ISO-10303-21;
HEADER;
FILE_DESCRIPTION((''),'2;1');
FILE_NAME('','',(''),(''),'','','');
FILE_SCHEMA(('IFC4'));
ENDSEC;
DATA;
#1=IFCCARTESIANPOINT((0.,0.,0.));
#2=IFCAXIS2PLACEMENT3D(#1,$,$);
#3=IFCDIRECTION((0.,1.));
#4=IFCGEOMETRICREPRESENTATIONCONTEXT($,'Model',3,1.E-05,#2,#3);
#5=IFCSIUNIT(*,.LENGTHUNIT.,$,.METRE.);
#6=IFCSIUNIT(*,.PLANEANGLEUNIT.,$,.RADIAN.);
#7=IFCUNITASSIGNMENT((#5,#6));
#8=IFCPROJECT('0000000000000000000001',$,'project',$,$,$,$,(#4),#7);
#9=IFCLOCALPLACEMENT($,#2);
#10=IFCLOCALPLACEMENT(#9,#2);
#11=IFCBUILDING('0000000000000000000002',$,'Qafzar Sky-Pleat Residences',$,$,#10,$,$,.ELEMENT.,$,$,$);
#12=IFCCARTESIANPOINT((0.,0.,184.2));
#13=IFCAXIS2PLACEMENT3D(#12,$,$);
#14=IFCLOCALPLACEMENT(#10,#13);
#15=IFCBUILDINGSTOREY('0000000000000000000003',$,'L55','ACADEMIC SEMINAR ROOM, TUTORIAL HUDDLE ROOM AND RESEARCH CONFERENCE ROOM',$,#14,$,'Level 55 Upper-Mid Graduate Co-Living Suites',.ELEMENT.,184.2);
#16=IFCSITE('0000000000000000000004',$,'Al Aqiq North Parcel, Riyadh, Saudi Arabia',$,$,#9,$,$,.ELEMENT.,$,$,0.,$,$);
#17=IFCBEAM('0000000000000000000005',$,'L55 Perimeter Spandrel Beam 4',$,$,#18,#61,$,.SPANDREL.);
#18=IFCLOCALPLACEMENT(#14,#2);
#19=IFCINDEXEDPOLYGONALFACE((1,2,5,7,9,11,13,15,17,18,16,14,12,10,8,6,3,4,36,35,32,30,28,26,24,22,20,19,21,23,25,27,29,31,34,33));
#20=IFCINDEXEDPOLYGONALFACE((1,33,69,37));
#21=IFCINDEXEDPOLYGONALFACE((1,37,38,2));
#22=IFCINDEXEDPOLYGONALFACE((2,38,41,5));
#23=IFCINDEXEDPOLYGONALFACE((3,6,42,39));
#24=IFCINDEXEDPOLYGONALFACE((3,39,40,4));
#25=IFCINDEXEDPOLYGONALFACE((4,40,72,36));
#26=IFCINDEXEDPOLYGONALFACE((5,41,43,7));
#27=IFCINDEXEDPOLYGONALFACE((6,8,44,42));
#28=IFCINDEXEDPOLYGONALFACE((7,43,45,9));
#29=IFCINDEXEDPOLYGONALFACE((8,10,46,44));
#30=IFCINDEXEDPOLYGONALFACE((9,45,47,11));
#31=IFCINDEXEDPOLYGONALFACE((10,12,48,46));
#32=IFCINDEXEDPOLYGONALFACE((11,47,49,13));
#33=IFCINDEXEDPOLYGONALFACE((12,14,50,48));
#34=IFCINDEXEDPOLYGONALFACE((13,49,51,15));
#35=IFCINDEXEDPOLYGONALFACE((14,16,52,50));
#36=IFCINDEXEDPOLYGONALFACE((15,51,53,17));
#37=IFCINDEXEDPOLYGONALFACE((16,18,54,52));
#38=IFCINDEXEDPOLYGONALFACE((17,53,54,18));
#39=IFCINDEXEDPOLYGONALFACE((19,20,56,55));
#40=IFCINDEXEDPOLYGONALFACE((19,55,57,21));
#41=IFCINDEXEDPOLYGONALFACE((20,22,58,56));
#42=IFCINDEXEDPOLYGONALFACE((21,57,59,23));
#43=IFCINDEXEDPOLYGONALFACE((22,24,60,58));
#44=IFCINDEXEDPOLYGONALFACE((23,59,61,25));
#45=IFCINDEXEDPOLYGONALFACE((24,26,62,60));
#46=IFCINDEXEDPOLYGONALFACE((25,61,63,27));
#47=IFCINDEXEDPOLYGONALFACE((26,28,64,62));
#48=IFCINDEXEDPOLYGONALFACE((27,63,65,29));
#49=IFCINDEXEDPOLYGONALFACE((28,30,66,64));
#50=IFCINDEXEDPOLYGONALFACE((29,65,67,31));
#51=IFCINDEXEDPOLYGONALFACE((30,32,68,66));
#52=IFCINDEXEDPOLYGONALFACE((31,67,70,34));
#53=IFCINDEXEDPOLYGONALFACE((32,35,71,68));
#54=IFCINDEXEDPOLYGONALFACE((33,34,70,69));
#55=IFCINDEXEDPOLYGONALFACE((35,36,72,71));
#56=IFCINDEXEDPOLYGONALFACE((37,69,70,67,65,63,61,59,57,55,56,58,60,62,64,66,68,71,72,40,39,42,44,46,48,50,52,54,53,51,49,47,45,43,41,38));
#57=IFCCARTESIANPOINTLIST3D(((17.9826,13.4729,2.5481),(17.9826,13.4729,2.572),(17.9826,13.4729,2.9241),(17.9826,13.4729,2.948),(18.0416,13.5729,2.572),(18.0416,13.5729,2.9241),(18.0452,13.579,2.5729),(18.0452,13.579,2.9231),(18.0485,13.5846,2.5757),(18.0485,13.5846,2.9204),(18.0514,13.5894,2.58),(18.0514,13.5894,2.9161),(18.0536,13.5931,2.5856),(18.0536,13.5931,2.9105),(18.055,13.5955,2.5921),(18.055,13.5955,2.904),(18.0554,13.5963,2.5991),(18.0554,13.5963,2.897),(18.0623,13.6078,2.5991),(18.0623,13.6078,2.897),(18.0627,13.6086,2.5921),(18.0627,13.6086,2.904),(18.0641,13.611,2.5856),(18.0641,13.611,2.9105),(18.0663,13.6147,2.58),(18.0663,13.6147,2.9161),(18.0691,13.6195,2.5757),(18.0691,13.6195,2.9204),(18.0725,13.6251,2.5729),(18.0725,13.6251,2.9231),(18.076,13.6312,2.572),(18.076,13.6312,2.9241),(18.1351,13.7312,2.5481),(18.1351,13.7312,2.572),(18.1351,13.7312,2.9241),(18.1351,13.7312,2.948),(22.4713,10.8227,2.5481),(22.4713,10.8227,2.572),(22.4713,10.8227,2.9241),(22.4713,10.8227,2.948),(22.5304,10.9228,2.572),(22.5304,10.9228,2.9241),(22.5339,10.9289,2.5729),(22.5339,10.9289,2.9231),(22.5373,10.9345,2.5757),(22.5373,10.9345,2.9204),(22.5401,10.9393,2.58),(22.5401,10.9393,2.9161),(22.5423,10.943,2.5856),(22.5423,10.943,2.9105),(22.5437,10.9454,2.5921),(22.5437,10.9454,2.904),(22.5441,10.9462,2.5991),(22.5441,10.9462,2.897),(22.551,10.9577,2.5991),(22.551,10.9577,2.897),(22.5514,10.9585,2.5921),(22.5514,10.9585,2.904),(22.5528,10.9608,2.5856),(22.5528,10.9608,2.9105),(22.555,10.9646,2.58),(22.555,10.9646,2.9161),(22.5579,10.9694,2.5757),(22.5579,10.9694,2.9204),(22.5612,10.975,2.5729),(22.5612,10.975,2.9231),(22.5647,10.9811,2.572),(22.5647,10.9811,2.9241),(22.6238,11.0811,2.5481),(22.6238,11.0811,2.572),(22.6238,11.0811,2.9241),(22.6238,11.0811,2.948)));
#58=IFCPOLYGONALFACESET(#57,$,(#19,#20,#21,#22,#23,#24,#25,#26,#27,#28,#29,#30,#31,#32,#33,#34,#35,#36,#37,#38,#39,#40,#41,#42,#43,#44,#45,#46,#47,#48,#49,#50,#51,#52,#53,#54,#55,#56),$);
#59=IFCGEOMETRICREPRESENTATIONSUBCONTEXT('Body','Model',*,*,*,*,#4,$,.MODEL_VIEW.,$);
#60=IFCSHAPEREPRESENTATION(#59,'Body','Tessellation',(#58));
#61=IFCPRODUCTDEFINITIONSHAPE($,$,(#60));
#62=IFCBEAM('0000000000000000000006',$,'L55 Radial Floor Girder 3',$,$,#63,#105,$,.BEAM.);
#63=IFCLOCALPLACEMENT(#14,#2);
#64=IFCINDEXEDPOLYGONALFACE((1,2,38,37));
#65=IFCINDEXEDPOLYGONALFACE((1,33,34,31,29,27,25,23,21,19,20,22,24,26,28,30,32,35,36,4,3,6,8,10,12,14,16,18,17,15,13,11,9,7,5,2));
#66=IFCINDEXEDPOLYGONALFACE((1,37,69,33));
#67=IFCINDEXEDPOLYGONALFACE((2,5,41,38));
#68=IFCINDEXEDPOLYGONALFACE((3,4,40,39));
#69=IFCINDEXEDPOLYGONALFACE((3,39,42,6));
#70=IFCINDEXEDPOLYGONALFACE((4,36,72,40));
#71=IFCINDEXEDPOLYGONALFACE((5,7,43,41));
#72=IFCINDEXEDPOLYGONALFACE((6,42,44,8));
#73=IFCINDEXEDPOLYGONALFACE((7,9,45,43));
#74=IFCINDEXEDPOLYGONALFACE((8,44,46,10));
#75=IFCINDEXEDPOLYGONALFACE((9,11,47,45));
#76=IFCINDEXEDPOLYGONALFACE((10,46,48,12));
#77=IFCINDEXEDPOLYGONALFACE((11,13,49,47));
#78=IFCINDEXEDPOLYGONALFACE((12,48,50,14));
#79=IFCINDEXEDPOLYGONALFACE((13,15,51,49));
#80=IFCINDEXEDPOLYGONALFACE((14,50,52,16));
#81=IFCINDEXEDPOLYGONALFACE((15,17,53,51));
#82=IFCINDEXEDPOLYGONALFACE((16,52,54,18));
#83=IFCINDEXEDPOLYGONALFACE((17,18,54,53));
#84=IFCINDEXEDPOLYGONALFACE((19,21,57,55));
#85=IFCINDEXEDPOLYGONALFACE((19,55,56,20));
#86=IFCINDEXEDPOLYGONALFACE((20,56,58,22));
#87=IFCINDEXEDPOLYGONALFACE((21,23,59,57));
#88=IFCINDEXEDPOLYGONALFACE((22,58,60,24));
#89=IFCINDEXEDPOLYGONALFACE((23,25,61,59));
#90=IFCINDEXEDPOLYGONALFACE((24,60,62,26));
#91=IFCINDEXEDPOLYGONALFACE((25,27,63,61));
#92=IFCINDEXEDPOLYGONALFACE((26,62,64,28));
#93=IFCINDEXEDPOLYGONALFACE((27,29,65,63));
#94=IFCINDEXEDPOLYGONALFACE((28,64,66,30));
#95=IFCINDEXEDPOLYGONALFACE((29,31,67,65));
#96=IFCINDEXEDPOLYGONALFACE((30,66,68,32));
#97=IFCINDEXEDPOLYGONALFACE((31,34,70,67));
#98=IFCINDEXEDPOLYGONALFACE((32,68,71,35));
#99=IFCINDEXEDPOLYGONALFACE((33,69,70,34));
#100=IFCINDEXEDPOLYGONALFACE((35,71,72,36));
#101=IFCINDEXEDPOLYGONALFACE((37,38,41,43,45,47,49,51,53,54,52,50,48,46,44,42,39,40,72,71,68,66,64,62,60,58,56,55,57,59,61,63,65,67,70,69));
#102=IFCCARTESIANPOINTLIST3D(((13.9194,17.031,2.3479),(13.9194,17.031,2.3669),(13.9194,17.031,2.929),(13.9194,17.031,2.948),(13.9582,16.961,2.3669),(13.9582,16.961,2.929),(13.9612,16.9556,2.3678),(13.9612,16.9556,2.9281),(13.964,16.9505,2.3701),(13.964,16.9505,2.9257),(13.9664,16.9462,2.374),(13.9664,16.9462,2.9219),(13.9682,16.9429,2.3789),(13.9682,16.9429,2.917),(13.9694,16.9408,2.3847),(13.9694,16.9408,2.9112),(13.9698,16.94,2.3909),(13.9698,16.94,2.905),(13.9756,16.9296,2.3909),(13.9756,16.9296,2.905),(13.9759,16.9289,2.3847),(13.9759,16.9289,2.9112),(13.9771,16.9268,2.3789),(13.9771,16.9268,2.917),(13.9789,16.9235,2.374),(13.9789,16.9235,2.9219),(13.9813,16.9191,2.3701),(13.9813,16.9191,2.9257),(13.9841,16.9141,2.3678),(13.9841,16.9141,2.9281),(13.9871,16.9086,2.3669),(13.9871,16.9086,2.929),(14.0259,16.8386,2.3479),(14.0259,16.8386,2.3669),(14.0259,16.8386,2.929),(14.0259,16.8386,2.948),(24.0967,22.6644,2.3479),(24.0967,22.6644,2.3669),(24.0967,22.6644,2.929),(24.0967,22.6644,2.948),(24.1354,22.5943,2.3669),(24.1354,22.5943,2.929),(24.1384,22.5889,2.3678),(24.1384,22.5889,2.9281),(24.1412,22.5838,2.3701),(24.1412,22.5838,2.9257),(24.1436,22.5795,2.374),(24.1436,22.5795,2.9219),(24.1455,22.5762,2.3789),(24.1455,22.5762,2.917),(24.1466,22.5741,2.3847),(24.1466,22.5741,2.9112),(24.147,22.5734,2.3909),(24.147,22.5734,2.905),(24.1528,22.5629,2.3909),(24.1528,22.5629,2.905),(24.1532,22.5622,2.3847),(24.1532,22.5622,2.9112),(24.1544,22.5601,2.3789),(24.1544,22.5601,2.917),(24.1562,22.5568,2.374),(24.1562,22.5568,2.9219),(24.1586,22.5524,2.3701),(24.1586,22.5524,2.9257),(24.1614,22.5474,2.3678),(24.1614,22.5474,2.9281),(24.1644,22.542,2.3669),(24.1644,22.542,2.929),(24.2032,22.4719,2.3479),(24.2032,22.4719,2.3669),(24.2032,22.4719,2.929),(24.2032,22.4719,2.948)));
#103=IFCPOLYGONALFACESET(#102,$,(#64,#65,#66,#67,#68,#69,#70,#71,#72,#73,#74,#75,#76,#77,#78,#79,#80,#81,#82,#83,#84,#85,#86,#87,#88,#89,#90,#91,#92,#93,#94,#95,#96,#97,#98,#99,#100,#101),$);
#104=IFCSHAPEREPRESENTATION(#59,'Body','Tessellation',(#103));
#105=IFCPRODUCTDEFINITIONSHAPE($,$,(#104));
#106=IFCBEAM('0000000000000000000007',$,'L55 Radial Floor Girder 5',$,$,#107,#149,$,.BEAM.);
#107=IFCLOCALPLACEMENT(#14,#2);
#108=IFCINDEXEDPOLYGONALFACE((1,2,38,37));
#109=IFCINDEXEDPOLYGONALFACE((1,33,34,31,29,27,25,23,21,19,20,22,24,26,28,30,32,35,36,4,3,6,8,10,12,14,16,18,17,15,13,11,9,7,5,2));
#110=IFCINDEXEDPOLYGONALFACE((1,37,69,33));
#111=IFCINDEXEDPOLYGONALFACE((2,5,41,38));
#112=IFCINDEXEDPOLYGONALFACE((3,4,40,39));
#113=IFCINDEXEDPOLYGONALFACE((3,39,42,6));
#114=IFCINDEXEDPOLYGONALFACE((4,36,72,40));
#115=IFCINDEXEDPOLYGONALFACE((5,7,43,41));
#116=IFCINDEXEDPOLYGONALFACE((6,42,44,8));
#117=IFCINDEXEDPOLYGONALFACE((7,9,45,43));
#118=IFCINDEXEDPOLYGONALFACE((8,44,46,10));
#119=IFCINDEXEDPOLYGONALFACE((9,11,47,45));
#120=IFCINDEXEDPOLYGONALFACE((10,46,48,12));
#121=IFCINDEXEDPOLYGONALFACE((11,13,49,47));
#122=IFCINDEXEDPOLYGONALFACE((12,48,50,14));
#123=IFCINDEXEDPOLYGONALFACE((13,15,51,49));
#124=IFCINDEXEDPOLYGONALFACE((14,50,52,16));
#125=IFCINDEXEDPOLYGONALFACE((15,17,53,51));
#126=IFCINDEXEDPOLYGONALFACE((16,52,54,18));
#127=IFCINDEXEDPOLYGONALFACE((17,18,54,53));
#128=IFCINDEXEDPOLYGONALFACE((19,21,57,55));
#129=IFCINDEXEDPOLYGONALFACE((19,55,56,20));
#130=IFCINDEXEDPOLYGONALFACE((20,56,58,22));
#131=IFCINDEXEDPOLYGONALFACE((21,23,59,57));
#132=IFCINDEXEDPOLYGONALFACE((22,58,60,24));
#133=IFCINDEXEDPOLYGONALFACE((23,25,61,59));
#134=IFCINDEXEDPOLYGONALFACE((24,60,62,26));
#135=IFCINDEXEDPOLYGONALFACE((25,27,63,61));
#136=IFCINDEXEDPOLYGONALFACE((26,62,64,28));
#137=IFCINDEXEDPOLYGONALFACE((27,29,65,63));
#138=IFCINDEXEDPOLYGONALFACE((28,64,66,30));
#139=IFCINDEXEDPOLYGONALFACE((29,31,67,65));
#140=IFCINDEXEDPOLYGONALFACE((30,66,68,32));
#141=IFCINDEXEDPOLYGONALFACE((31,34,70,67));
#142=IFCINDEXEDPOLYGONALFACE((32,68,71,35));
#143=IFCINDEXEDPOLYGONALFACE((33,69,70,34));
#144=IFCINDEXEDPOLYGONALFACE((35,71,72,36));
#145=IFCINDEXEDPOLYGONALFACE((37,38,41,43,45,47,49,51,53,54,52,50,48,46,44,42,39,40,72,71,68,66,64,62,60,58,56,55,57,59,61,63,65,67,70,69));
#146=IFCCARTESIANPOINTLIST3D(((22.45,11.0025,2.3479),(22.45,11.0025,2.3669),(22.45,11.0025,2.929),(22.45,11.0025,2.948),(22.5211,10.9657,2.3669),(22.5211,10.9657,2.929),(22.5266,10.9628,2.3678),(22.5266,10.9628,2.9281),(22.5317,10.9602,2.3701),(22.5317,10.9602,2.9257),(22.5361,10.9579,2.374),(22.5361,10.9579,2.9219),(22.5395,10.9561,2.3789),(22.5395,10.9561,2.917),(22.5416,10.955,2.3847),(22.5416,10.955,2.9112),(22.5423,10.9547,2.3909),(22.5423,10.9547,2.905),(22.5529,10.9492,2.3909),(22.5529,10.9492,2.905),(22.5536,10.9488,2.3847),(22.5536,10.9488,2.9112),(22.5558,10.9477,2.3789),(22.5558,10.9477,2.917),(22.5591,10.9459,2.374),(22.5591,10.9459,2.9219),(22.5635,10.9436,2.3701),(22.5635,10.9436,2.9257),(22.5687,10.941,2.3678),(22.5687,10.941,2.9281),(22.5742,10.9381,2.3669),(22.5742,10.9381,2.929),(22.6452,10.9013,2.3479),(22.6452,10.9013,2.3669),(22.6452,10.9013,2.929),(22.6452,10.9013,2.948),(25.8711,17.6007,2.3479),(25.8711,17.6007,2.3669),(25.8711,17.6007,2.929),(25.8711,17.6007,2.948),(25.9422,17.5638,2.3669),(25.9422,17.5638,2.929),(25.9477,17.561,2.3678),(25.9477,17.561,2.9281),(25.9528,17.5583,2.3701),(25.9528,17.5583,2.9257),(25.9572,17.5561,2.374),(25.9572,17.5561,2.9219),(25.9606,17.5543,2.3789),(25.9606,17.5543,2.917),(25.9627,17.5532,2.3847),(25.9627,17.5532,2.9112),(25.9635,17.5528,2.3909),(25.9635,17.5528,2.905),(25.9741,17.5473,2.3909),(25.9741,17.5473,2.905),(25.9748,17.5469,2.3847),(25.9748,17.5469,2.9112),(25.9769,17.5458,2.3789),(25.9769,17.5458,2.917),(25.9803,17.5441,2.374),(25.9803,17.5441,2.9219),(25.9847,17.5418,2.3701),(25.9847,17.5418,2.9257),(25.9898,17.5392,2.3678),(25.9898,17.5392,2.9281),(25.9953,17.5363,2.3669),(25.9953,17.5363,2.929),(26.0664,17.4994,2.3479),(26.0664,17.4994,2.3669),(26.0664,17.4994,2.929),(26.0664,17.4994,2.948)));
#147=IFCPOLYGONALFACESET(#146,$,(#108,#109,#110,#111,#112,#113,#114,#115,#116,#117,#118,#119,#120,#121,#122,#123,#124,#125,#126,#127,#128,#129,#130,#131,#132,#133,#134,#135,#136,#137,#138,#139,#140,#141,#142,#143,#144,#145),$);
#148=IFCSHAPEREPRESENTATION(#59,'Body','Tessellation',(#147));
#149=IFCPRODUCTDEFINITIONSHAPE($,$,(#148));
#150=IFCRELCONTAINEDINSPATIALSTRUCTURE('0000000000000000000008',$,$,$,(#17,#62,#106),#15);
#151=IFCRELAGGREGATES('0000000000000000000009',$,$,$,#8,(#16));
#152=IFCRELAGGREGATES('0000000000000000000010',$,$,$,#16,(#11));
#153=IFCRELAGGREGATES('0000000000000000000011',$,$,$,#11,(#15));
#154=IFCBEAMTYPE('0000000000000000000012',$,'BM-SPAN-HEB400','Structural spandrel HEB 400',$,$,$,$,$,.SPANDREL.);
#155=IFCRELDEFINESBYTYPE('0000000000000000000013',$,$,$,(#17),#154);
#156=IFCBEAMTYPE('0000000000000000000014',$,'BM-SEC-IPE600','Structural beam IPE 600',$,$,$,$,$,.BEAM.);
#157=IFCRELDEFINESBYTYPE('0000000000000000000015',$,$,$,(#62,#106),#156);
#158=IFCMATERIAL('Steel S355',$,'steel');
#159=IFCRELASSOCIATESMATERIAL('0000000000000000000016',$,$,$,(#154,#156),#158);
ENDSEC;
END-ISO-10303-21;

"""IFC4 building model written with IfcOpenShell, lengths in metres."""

from ifc_helpers import new_model, si_unit, direction, frame, origin, origin_2d, place, context, subcontext, project, spatial, i_section, extrude, source, transform, mapped, material, material_profile, profile_set, type_object, element, save


model = new_model("IFC4")

# Units and contexts
model_context = context("Model", 3, precision=1e-05, world=origin(), true_north=direction((0.0, 1.0)))
body_context = subcontext(model_context, "Body", "Model", "MODEL_VIEW")
ifc_project = project(units=[si_unit("LENGTHUNIT", "METRE"), si_unit("PLANEANGLEUNIT", "RADIAN")], contexts=[model_context])

# Site, building, storey
site_placement = place(None, origin())
site = spatial("IfcSite", under=ifc_project, at=site_placement, Name="Al Aqiq North Parcel, Riyadh, Saudi Arabia", CompositionType="ELEMENT", RefElevation=0.0)
building_placement = place(site_placement, origin())
building = spatial("IfcBuilding", under=site, at=building_placement, Name="Qafzar Sky-Pleat Residences", CompositionType="ELEMENT")
storey_placement = place(building_placement, frame((0.0, 0.0, 184.2)))
storey = spatial("IfcBuildingStorey", under=building, at=storey_placement, Name="L55", Description="ACADEMIC SEMINAR ROOM, TUTORIAL HUDDLE ROOM AND RESEARCH CONFERENCE ROOM", LongName="Level 55 Upper-Mid Graduate Co-Living Suites", CompositionType="ELEMENT", Elevation=184.2)

# Shared definitions
ifc_material_1 = material(Name="Steel S355", Category="steel")

# Beams
ifc_material_profile_1 = material_profile(ifc_material_1, i_section(OverallWidth=0.3, OverallDepth=0.3999, WebThickness=0.0134, FlangeThickness=0.0239, FilletRadius=0.0271, at=origin_2d()), Name="HEB 400")
ifc_profile_set_1 = profile_set([ifc_material_profile_1], Name="Steel S355")
beam_type_1 = type_object("IfcBeamType", Name="BM-SPAN-HEB400", Description="Structural spandrel HEB 400", PredefinedType="SPANDREL", material=ifc_profile_set_1)
shared_shape_1 = source(origin(), body_context, "Body", "SweptSolid", [
    extrude(i_section(OverallWidth=0.3, OverallDepth=0.3999, WebThickness=0.0134, FlangeThickness=0.0239, FilletRadius=0.0271, at=origin_2d()), origin(), (0.0, 0.0, 1.0), 5.2126),
])
beam_1_placement = place(storey_placement, frame((18.0588, 13.6021, 2.748), z_axis=(0.86112, -0.508401, 0.0), x_axis=(0.508401, 0.86112, 0.0)))
element("IfcBeam", 1, at=beam_1_placement, inside=storey, type_object=beam_type_1, Name="L55 Perimeter Spandrel Beam 4", PredefinedType="SPANDREL", context=body_context, shape_type="MappedRepresentation", body=[
    mapped(shared_shape_1, transform((0.0, 0.0, 0.0), x_axis=(1.0, 0.0, 0.0), y_axis=(0.0, 1.0, 0.0), z_axis=(0.0, 0.0, 1.0), scale=1.0)),
])
ifc_material_profile_2 = material_profile(ifc_material_1, i_section(OverallWidth=0.22, OverallDepth=0.6001, WebThickness=0.012, FlangeThickness=0.019, FilletRadius=0.0239, at=origin_2d()), Name="IPE 600")
ifc_profile_set_2 = profile_set([ifc_material_profile_2], Name="Steel S355")
beam_type_2 = type_object("IfcBeamType", Name="BM-SEC-IPE600", Description="Structural beam IPE 600", PredefinedType="BEAM", material=ifc_profile_set_2)
shared_shape_2 = source(origin(), body_context, "Body", "SweptSolid", [
    extrude(i_section(OverallWidth=0.22, OverallDepth=0.6001, WebThickness=0.012, FlangeThickness=0.019, FilletRadius=0.0239, at=origin_2d()), origin(), (0.0, 0.0, 1.0), 11.6323),
])
beam_2_placement = place(storey_placement, frame((13.9727, 16.9348, 2.6479), z_axis=(0.874913, 0.484281, 0.0), x_axis=(-0.484281, 0.874913, 0.0)))
element("IfcBeam", 2, at=beam_2_placement, inside=storey, type_object=beam_type_2, Name="L55 Radial Floor Girder 3", PredefinedType="BEAM", context=body_context, shape_type="MappedRepresentation", body=[
    mapped(shared_shape_2, transform((0.0, 0.0, 0.0), x_axis=(1.0, 0.0, 0.0), y_axis=(0.0, 1.0, 0.0), z_axis=(0.0, 0.0, 1.0), scale=1.0)),
])
shared_shape_3 = source(origin(), body_context, "Body", "SweptSolid", [
    extrude(i_section(OverallWidth=0.22, OverallDepth=0.6001, WebThickness=0.012, FlangeThickness=0.019, FilletRadius=0.0239, at=origin_2d()), origin(), (0.0, 0.0, 1.0), 7.4324),
])
beam_3_placement = place(storey_placement, frame((22.5476, 10.9519, 2.6479), z_axis=(0.460305, 0.887761, 0.0), x_axis=(-0.887761, 0.460305, 0.0)))
element("IfcBeam", 3, at=beam_3_placement, inside=storey, type_object=beam_type_2, Name="L55 Radial Floor Girder 5", PredefinedType="BEAM", context=body_context, shape_type="MappedRepresentation", body=[
    mapped(shared_shape_3, transform((0.0, 0.0, 0.0), x_axis=(1.0, 0.0, 0.0), y_axis=(0.0, 1.0, 0.0), z_axis=(0.0, 0.0, 1.0), scale=1.0)),
])

save(model, "model.ifc")
